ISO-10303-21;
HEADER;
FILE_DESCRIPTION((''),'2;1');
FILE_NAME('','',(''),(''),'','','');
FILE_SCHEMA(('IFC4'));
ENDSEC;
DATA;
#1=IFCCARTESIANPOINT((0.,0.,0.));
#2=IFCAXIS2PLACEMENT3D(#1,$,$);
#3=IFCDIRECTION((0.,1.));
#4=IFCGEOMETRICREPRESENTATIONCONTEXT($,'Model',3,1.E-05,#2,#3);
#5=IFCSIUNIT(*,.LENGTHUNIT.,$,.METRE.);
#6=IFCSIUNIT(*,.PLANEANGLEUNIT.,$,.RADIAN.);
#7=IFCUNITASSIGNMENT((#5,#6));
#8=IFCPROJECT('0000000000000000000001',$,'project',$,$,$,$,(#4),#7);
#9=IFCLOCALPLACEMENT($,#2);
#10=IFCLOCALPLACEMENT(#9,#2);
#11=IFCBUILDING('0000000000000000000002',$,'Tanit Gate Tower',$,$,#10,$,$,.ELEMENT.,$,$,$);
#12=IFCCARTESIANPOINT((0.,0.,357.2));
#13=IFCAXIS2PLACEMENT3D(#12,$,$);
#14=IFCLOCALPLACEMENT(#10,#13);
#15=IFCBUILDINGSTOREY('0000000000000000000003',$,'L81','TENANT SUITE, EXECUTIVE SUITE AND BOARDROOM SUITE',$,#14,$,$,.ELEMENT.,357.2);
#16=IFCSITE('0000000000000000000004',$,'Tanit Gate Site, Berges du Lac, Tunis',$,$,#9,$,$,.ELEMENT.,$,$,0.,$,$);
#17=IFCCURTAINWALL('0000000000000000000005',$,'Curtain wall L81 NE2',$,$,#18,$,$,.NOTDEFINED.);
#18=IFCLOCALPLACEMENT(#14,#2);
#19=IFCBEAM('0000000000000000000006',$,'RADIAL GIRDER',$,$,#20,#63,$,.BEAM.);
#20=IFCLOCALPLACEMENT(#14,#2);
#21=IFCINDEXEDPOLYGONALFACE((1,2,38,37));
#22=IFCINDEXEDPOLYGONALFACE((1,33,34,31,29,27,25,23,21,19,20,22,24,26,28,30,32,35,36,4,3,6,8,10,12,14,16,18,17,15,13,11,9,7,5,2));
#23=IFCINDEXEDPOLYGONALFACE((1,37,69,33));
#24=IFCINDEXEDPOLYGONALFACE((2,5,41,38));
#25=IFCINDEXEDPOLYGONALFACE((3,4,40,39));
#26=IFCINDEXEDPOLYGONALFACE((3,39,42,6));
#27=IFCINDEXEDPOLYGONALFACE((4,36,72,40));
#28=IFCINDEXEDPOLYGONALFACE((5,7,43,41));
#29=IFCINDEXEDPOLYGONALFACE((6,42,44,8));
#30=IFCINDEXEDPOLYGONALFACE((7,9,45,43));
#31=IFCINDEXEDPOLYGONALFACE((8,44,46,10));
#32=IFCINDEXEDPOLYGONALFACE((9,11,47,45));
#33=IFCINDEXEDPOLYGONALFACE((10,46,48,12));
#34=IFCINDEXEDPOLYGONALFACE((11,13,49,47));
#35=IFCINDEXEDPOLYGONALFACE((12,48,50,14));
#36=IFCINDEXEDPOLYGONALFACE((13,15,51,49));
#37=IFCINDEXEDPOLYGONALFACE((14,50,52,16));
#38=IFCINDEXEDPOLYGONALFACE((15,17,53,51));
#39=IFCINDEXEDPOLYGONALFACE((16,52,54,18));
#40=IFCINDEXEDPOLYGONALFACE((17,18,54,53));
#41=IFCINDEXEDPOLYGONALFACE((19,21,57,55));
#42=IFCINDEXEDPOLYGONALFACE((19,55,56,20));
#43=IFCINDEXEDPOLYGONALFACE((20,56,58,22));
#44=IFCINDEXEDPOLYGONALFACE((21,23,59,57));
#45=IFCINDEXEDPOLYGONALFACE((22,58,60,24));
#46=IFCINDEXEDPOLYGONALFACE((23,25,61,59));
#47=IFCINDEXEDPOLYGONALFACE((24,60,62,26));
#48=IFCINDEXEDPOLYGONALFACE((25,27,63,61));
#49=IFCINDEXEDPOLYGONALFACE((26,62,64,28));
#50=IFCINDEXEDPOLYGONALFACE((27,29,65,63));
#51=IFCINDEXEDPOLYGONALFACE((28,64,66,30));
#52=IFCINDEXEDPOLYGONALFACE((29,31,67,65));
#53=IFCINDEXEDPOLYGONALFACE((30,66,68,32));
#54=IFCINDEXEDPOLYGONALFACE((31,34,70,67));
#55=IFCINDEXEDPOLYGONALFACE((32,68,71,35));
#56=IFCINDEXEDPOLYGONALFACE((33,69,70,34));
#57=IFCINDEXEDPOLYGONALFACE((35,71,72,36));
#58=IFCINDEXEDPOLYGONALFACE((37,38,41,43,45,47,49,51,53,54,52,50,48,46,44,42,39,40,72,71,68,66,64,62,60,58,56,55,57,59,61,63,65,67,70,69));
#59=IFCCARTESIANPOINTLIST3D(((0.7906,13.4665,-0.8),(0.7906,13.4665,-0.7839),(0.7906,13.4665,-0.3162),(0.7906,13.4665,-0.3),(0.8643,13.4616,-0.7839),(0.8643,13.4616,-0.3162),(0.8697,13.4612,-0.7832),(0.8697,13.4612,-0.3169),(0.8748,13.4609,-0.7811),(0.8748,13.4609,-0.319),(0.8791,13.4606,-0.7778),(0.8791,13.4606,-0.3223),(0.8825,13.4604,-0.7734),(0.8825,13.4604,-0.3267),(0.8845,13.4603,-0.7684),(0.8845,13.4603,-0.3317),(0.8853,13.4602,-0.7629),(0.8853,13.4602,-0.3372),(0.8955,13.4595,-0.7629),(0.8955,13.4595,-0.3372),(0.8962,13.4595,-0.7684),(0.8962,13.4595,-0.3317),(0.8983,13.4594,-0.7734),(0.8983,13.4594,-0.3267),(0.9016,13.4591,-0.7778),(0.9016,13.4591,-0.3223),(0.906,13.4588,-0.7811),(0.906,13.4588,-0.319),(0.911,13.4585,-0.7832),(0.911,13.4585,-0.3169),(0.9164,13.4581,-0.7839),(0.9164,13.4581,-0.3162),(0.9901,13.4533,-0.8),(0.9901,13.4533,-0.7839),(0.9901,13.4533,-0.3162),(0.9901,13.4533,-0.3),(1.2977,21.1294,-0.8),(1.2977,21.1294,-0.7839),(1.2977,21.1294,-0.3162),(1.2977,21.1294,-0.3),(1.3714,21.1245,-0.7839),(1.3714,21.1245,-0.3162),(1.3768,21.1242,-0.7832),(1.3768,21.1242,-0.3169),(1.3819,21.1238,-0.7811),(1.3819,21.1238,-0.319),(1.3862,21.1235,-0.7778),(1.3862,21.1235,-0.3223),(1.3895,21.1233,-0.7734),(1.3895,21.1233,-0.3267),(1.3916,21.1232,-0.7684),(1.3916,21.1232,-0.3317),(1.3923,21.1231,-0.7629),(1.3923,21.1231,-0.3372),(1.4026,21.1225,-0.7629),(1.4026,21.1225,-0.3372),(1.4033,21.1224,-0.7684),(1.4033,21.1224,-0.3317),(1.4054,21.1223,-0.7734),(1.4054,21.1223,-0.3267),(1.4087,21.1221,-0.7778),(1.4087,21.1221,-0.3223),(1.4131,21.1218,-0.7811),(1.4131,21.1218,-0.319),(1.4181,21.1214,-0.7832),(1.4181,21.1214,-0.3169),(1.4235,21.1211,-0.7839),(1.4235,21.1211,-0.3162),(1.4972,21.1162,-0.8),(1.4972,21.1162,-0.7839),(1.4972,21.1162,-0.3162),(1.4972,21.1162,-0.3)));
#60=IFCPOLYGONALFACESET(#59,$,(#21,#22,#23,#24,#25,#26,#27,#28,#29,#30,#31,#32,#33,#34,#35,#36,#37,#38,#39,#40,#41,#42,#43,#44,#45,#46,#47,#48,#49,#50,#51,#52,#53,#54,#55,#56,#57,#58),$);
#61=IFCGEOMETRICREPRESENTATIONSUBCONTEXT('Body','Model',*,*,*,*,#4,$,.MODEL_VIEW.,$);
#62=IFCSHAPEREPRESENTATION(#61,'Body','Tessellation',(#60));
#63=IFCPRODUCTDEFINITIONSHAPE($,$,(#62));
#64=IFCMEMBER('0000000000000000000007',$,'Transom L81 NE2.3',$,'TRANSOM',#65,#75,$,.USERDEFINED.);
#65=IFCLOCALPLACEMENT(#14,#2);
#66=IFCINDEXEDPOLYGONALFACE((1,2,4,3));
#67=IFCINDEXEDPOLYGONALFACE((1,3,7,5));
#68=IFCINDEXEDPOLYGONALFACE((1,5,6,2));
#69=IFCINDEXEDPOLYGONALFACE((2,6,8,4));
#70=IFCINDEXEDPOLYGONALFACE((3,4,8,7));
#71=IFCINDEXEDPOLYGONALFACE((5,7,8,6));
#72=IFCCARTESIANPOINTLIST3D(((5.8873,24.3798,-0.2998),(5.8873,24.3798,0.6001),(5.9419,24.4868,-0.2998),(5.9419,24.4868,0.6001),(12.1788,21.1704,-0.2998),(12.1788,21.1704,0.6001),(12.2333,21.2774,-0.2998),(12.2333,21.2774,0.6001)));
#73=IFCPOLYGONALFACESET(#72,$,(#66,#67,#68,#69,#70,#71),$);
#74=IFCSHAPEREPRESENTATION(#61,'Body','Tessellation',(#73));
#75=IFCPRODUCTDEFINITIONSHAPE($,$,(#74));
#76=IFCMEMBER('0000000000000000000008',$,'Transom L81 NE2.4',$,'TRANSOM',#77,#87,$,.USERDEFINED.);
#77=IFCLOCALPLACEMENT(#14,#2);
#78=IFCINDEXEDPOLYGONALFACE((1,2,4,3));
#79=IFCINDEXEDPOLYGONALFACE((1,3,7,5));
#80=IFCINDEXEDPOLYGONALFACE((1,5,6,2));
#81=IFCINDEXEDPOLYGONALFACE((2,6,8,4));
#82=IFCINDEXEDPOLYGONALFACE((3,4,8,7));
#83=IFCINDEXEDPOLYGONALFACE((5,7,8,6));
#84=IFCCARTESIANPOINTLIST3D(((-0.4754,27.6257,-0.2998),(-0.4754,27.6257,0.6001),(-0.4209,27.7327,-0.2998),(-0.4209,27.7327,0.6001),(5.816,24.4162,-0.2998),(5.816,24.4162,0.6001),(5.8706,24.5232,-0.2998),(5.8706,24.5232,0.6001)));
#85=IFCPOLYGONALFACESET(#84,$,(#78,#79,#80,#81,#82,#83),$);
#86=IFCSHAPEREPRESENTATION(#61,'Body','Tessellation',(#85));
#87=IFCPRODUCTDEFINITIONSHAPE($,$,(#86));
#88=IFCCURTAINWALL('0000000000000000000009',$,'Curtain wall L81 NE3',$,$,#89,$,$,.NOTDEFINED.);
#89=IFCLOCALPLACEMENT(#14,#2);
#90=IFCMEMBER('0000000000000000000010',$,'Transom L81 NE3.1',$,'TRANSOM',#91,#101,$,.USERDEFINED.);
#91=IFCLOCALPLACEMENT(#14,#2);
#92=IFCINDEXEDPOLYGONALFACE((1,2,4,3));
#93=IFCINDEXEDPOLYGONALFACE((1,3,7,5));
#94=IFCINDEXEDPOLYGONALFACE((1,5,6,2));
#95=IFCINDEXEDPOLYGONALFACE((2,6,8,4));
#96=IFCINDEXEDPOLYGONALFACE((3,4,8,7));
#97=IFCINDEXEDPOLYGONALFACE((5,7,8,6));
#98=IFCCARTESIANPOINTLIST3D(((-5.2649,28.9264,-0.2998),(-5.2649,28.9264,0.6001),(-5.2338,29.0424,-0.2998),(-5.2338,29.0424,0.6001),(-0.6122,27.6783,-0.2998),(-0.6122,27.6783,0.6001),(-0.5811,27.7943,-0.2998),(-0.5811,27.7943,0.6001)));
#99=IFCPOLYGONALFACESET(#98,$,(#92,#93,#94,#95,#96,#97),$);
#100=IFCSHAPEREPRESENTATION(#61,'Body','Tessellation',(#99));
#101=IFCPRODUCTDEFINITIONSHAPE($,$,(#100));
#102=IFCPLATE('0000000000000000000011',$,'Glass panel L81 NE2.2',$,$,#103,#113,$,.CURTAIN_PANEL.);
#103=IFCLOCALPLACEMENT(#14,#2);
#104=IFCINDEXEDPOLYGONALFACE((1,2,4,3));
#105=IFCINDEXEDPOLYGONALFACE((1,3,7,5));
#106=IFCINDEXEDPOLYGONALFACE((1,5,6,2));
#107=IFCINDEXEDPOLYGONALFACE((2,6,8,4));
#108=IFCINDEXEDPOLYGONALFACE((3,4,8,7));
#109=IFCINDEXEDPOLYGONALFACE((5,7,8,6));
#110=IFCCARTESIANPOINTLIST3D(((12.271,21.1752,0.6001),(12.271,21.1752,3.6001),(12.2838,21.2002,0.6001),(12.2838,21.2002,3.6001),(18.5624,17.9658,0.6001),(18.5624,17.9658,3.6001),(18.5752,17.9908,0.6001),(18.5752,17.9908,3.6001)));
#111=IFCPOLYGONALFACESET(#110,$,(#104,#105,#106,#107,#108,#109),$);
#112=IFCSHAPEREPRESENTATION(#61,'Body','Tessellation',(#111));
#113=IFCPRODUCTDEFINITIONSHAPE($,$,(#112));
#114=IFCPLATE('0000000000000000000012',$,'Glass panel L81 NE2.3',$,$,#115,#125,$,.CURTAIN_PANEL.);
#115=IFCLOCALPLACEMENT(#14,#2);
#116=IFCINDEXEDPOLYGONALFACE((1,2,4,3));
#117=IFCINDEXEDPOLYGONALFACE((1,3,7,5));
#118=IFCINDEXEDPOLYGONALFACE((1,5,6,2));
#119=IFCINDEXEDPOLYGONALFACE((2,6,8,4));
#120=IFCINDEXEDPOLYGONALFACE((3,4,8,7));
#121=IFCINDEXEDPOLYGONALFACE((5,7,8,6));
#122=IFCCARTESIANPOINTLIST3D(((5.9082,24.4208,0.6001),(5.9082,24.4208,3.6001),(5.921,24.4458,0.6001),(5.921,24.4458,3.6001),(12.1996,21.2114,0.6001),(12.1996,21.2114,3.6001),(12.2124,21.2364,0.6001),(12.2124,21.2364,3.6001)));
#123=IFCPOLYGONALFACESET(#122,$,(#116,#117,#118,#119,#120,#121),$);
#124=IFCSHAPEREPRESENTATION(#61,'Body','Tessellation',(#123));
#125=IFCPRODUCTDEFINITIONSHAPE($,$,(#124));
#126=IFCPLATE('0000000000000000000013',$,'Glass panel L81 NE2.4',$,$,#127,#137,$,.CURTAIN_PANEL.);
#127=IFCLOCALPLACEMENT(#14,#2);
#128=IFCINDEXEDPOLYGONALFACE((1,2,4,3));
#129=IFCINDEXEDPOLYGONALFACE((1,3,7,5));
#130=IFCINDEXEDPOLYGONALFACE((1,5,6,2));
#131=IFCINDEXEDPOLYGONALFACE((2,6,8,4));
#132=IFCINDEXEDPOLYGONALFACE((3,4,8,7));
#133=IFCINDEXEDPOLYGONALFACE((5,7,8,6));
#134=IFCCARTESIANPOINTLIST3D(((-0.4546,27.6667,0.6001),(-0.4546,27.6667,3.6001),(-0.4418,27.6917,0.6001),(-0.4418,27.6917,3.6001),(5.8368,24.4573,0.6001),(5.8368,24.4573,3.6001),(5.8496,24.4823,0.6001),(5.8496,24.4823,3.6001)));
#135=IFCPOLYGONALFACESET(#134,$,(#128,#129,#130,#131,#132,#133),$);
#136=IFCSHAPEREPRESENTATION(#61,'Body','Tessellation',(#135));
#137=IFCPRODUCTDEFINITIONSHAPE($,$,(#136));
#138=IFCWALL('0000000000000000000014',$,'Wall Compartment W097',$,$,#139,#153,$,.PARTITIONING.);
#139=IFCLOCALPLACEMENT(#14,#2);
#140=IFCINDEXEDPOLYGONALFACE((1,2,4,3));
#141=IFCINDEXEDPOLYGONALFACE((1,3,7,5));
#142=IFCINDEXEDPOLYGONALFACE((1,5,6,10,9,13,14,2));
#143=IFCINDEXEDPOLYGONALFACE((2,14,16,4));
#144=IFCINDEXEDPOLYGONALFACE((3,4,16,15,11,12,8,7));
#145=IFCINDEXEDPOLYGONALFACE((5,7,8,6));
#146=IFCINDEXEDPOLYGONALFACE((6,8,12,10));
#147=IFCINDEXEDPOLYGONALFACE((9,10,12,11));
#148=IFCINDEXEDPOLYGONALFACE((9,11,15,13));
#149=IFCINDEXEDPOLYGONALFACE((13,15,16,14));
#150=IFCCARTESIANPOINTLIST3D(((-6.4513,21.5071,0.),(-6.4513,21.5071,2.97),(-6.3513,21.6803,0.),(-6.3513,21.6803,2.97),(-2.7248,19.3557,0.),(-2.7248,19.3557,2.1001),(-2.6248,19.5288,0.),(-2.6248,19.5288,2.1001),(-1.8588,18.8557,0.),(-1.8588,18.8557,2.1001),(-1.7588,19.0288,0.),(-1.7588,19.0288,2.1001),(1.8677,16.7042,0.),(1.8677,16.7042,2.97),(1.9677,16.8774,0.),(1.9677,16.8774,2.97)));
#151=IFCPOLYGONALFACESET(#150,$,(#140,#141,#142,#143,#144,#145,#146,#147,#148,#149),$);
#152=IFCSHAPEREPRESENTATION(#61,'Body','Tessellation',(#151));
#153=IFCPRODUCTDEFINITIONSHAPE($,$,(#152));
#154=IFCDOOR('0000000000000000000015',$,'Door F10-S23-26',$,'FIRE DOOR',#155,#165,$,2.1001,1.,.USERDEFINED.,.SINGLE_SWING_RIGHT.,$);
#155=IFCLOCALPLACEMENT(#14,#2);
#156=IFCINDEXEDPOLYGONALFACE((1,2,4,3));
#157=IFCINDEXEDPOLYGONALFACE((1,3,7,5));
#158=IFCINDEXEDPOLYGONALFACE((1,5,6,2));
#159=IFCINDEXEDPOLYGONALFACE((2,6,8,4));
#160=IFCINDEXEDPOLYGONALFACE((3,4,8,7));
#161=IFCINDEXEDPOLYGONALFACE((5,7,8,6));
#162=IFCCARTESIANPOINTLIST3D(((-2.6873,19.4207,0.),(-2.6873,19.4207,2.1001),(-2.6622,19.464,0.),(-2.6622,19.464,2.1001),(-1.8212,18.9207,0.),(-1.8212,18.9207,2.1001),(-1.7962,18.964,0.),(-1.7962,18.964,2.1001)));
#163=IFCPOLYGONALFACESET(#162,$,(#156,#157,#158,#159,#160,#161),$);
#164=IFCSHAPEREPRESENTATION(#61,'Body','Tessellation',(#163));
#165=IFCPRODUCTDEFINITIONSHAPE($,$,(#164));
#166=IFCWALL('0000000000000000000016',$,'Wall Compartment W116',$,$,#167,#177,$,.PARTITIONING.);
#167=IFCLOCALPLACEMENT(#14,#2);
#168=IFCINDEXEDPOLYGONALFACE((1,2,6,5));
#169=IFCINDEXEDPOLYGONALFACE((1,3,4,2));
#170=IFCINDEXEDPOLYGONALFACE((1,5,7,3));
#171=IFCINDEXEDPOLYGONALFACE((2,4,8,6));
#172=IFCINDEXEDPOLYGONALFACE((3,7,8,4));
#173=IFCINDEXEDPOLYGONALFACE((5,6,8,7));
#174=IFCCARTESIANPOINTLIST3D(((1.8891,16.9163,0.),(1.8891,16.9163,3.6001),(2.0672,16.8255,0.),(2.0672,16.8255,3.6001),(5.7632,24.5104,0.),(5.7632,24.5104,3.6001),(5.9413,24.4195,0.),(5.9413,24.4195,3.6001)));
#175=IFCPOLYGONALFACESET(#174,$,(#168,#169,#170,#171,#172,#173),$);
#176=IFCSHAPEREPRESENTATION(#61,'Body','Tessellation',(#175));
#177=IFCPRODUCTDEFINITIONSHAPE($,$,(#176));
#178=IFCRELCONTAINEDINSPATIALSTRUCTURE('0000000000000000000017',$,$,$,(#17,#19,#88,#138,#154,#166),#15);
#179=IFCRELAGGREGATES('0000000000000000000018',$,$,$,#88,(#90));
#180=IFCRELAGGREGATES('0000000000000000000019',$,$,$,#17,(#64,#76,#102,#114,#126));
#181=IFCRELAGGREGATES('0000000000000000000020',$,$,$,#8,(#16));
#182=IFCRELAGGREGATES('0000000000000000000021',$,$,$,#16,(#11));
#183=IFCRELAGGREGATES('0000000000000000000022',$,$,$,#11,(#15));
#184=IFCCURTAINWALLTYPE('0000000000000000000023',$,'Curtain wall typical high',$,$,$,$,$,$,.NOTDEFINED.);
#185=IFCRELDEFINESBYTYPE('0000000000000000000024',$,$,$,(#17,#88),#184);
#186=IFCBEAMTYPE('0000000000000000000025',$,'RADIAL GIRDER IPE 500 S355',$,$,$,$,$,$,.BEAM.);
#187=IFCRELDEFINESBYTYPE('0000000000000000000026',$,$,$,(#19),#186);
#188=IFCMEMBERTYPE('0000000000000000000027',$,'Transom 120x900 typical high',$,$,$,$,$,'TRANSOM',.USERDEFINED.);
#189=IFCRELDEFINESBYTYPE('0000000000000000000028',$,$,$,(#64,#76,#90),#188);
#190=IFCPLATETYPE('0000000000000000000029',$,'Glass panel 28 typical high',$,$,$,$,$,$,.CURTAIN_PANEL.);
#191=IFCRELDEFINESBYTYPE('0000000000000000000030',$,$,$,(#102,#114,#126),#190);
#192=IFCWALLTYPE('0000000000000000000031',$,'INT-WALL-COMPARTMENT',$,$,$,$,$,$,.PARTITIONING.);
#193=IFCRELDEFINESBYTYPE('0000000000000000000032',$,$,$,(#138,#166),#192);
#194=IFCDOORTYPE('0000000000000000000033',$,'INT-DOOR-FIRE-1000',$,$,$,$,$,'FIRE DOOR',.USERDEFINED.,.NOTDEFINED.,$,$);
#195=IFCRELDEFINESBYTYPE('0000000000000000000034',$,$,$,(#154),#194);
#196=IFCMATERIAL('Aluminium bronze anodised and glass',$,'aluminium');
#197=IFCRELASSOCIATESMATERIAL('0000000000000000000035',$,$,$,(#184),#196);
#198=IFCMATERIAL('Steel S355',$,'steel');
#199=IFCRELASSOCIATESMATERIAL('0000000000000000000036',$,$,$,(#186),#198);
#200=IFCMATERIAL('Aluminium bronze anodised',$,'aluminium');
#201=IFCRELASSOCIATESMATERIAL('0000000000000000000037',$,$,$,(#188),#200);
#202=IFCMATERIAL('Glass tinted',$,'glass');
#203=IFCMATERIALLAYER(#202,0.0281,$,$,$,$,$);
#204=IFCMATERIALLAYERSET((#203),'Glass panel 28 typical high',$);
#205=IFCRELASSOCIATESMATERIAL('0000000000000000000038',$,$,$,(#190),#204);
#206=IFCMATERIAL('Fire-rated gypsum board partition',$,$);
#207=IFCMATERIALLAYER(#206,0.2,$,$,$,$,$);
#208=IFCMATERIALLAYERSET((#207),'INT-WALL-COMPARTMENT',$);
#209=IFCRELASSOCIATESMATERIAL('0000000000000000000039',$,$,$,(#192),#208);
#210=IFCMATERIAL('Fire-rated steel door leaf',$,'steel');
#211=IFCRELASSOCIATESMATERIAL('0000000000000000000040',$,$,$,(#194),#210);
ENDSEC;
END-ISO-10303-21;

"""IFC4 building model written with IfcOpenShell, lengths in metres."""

from ifc_helpers import new_model, si_unit, direction, frame, frame_2d, origin, origin_2d, place, context, subcontext, project, spatial, rectangle, i_section, extrude, material, layer, layer_set, material_profile, profile_set, type_object, element, fill, aggregate, save


model = new_model("IFC4")

# Units and contexts
model_context = context("Model", 3, precision=1e-05, world=origin(), true_north=direction((0.0, 1.0)))
body_context = subcontext(model_context, "Body", "Model", "MODEL_VIEW")
ifc_project = project(units=[si_unit("LENGTHUNIT", "METRE"), si_unit("PLANEANGLEUNIT", "RADIAN")], contexts=[model_context])

# Site, building, storey
site_placement = place(None, origin())
site = spatial("IfcSite", under=ifc_project, at=site_placement, Name="Tanit Gate Site, Berges du Lac, Tunis", CompositionType="ELEMENT", RefElevation=0.0)
building_placement = place(site_placement, origin())
building = spatial("IfcBuilding", under=site, at=building_placement, Name="Tanit Gate Tower", CompositionType="ELEMENT")
storey_placement = place(building_placement, frame((0.0, 0.0, 357.2)))
storey = spatial("IfcBuildingStorey", under=building, at=storey_placement, Name="L81", Description="TENANT SUITE, EXECUTIVE SUITE AND BOARDROOM SUITE", CompositionType="ELEMENT", Elevation=357.2)

# Curtain wall
ifc_material_1 = material(Name="Aluminium bronze anodised and glass", Category="aluminium")
curtain_wall_type = type_object("IfcCurtainWallType", Name="Curtain wall typical high", PredefinedType="NOTDEFINED", material=ifc_material_1)
curtain_wall_1_placement = place(storey_placement, origin())
curtain_wall_1 = element("IfcCurtainWall", 1, at=curtain_wall_1_placement, inside=storey, type_object=curtain_wall_type, Name="Curtain wall L81 NE2", PredefinedType="NOTDEFINED")

# Beam
ifc_material_2 = material(Name="Steel S355", Category="steel")
ifc_material_profile_1 = material_profile(ifc_material_2, i_section(OverallWidth=0.2, OverallDepth=0.5, WebThickness=0.0103, FlangeThickness=0.0161, FilletRadius=0.021, at=origin_2d()), Name="IPE 500")
ifc_profile_set_1 = profile_set([ifc_material_profile_1], Name="Steel S355")
beam_type = type_object("IfcBeamType", Name="RADIAL GIRDER IPE 500 S355", PredefinedType="BEAM", material=ifc_profile_set_1)
beam_1_placement = place(storey_placement, frame((1.3975, 21.1228, -0.55), z_axis=(-0.066029, -0.997818, 0.0), x_axis=(0.997818, -0.066029, 0.0)))
element("IfcBeam", 2, at=beam_1_placement, inside=storey, type_object=beam_type, Name="RADIAL GIRDER", PredefinedType="BEAM", context=body_context, shape_type="SweptSolid", body=[
    extrude(i_section(OverallWidth=0.2, OverallDepth=0.5, WebThickness=0.0103, FlangeThickness=0.0161, FilletRadius=0.021, at=origin_2d()), origin(), (0.0, 0.0, 1.0), 7.6797),
])

# Members
ifc_material_3 = material(Name="Aluminium bronze anodised", Category="aluminium")
ifc_material_profile_2 = material_profile(ifc_material_3, rectangle(XDim=0.1201, YDim=0.8999, at=origin_2d()), Name="120x900 bronze transom")
ifc_profile_set_2 = profile_set([ifc_material_profile_2], Name="Aluminium bronze anodised")
member_type_1 = type_object("IfcMemberType", Name="Transom 120x900 typical high", ElementType="TRANSOM", PredefinedType="USERDEFINED", material=ifc_profile_set_2)
member_1_placement = place(storey_placement, frame((12.2061, 21.2239, 0.1501), z_axis=(-0.890789, 0.454417, 0.0), x_axis=(-0.454417, -0.890789, 0.0)))
member_1 = element("IfcMember", 3, at=member_1_placement, type_object=member_type_1, Name="Transom L81 NE2.3", ObjectType="TRANSOM", PredefinedType="USERDEFINED", context=body_context, shape_type="SweptSolid", body=[
    extrude(rectangle(XDim=0.1201, YDim=0.8999, at=origin_2d()), origin(), (0.0, 0.0, 1.0), 7.0627),
])
member_2_placement = place(storey_placement, frame((5.8433, 24.4697, 0.1501), z_axis=(-0.890789, 0.454417, 0.0), x_axis=(-0.454417, -0.890789, 0.0)))
member_2 = element("IfcMember", 4, at=member_2_placement, type_object=member_type_1, Name="Transom L81 NE2.4", ObjectType="TRANSOM", PredefinedType="USERDEFINED", context=body_context, shape_type="SweptSolid", body=[
    extrude(rectangle(XDim=0.1201, YDim=0.8999, at=origin_2d()), origin(), (0.0, 0.0, 1.0), 7.0627),
])

# Curtain wall, member
curtain_wall_2_placement = place(storey_placement, origin())
curtain_wall_2 = element("IfcCurtainWall", 5, at=curtain_wall_2_placement, inside=storey, type_object=curtain_wall_type, Name="Curtain wall L81 NE3", PredefinedType="NOTDEFINED")
member_3_placement = place(storey_placement, frame((-0.5967, 27.7363, 0.1501), z_axis=(-0.965854, 0.259088, 0.0), x_axis=(-0.259088, -0.965854, 0.0)))
member_3 = element("IfcMember", 6, at=member_3_placement, type_object=member_type_1, Name="Transom L81 NE3.1", ObjectType="TRANSOM", PredefinedType="USERDEFINED", context=body_context, shape_type="SweptSolid", body=[
    extrude(rectangle(XDim=0.1201, YDim=0.8999, at=origin_2d()), origin(), (0.0, 0.0, 1.0), 4.8171),
])
aggregate(curtain_wall_2, [member_3])

# Plates
ifc_material_4 = material(Name="Glass tinted", Category="glass")
ifc_layer_1 = layer(ifc_material_4, 0.0281)
ifc_layer_set_1 = layer_set([ifc_layer_1], Name="Glass panel 28 typical high")
plate_type = type_object("IfcPlateType", Name="Glass panel 28 typical high", PredefinedType="CURTAIN_PANEL", material=ifc_layer_set_1)
plate_1_placement = place(storey_placement, frame((15.4231, 19.583, 0.6001), z_axis=(0.0, 0.0, 1.0), x_axis=(-0.890792, 0.454411, 0.0)))
plate_1 = element("IfcPlate", 7, at=plate_1_placement, type_object=plate_type, Name="Glass panel L81 NE2.2", PredefinedType="CURTAIN_PANEL", context=body_context, shape_type="SweptSolid", body=[
    extrude(rectangle(XDim=7.0627, YDim=0.0281, at=origin_2d()), origin(), (0.0, 0.0, 1.0), 3.0),
])
plate_2_placement = place(storey_placement, frame((9.0603, 22.8286, 0.6001), z_axis=(0.0, 0.0, 1.0), x_axis=(-0.890792, 0.454411, 0.0)))
plate_2 = element("IfcPlate", 8, at=plate_2_placement, type_object=plate_type, Name="Glass panel L81 NE2.3", PredefinedType="CURTAIN_PANEL", context=body_context, shape_type="SweptSolid", body=[
    extrude(rectangle(XDim=7.0627, YDim=0.0281, at=origin_2d()), origin(), (0.0, 0.0, 1.0), 3.0),
])
plate_3_placement = place(storey_placement, frame((2.6975, 26.0745, 0.6001), z_axis=(0.0, 0.0, 1.0), x_axis=(-0.890792, 0.454411, 0.0)))
plate_3 = element("IfcPlate", 9, at=plate_3_placement, type_object=plate_type, Name="Glass panel L81 NE2.4", PredefinedType="CURTAIN_PANEL", context=body_context, shape_type="SweptSolid", body=[
    extrude(rectangle(XDim=7.0627, YDim=0.0281, at=origin_2d()), origin(), (0.0, 0.0, 1.0), 3.0),
])
aggregate(curtain_wall_1, [member_1, member_2, plate_1, plate_2, plate_3])

# Wall, opening, door
ifc_material_5 = material(Name="Fire-rated gypsum board partition")
ifc_layer_2 = layer(ifc_material_5, 0.2)
ifc_layer_set_2 = layer_set([ifc_layer_2], Name="INT-WALL-COMPARTMENT")
wall_type_1 = type_object("IfcWallType", Name="INT-WALL-COMPARTMENT", PredefinedType="PARTITIONING", material=ifc_layer_set_2)
wall_1_placement = place(storey_placement, frame((1.9177, 16.7908, 0.0), z_axis=(0.0, 0.0, 1.0), x_axis=(-0.866028, 0.499996, 0.0)))
wall_1 = element("IfcWall", 10, at=wall_1_placement, inside=storey, type_object=wall_type_1, Name="Wall Compartment W097", PredefinedType="PARTITIONING", context=body_context, shape_type="SweptSolid", body=[
    extrude(rectangle(XDim=9.606, YDim=0.2, at=frame_2d((4.803, 0.0))), origin(), (0.0, 0.0, 1.0), 2.97),
])
opening_1_placement = place(wall_1_placement, frame((4.303, 0.0, 0.0)))
opening_1 = element("IfcOpeningElement", 11, at=opening_1_placement, cuts=wall_1, PredefinedType="OPENING", context=body_context, shape_type="SweptSolid", body=[
    extrude(rectangle(XDim=1.0, YDim=2.1001, at=frame_2d((0.5, 1.05))), frame((0.0, 0.1099, 0.0), z_axis=(0.0, -1.0, 0.0), x_axis=(1.0, 0.0, 0.0)), (0.0, 0.0, 1.0), 0.22),
])
ifc_material_6 = material(Name="Fire-rated steel door leaf", Category="steel")
door_type_1 = type_object("IfcDoorType", Name="INT-DOOR-FIRE-1000", ElementType="FIRE DOOR", OperationType="NOTDEFINED", PredefinedType="USERDEFINED", material=ifc_material_6)
door_1_placement = place(opening_1_placement, origin())
door_1 = element("IfcDoor", 12, at=door_1_placement, inside=storey, type_object=door_type_1, Name="Door F10-S23-26", ObjectType="FIRE DOOR", OperationType="SINGLE_SWING_RIGHT", OverallHeight=2.1001, OverallWidth=1.0, PredefinedType="USERDEFINED", context=body_context, shape_type="SweptSolid", body=[
    extrude(rectangle(XDim=1.0, YDim=2.1001, at=frame_2d((0.5, 1.05))), frame((0.0, 0.0249, 0.0), z_axis=(0.0, -1.0, 0.0), x_axis=(1.0, 0.0, 0.0)), (0.0, 0.0, 1.0), 0.05),
])
fill(opening_1, door_1)

# Wall
wall_2_placement = place(storey_placement, frame((5.8523, 24.4651, 0.0), z_axis=(0.0, 0.0, 1.0), x_axis=(-0.454427, -0.890784, 0.0)))
element("IfcWall", 13, at=wall_2_placement, inside=storey, type_object=wall_type_1, Name="Wall Compartment W116", PredefinedType="PARTITIONING", context=body_context, shape_type="SweptSolid", body=[
    extrude(rectangle(XDim=8.5251, YDim=0.2, at=frame_2d((4.2627, 0.0))), origin(), (0.0, 0.0, 1.0), 3.6001),
])

save(model, "model.ifc")
